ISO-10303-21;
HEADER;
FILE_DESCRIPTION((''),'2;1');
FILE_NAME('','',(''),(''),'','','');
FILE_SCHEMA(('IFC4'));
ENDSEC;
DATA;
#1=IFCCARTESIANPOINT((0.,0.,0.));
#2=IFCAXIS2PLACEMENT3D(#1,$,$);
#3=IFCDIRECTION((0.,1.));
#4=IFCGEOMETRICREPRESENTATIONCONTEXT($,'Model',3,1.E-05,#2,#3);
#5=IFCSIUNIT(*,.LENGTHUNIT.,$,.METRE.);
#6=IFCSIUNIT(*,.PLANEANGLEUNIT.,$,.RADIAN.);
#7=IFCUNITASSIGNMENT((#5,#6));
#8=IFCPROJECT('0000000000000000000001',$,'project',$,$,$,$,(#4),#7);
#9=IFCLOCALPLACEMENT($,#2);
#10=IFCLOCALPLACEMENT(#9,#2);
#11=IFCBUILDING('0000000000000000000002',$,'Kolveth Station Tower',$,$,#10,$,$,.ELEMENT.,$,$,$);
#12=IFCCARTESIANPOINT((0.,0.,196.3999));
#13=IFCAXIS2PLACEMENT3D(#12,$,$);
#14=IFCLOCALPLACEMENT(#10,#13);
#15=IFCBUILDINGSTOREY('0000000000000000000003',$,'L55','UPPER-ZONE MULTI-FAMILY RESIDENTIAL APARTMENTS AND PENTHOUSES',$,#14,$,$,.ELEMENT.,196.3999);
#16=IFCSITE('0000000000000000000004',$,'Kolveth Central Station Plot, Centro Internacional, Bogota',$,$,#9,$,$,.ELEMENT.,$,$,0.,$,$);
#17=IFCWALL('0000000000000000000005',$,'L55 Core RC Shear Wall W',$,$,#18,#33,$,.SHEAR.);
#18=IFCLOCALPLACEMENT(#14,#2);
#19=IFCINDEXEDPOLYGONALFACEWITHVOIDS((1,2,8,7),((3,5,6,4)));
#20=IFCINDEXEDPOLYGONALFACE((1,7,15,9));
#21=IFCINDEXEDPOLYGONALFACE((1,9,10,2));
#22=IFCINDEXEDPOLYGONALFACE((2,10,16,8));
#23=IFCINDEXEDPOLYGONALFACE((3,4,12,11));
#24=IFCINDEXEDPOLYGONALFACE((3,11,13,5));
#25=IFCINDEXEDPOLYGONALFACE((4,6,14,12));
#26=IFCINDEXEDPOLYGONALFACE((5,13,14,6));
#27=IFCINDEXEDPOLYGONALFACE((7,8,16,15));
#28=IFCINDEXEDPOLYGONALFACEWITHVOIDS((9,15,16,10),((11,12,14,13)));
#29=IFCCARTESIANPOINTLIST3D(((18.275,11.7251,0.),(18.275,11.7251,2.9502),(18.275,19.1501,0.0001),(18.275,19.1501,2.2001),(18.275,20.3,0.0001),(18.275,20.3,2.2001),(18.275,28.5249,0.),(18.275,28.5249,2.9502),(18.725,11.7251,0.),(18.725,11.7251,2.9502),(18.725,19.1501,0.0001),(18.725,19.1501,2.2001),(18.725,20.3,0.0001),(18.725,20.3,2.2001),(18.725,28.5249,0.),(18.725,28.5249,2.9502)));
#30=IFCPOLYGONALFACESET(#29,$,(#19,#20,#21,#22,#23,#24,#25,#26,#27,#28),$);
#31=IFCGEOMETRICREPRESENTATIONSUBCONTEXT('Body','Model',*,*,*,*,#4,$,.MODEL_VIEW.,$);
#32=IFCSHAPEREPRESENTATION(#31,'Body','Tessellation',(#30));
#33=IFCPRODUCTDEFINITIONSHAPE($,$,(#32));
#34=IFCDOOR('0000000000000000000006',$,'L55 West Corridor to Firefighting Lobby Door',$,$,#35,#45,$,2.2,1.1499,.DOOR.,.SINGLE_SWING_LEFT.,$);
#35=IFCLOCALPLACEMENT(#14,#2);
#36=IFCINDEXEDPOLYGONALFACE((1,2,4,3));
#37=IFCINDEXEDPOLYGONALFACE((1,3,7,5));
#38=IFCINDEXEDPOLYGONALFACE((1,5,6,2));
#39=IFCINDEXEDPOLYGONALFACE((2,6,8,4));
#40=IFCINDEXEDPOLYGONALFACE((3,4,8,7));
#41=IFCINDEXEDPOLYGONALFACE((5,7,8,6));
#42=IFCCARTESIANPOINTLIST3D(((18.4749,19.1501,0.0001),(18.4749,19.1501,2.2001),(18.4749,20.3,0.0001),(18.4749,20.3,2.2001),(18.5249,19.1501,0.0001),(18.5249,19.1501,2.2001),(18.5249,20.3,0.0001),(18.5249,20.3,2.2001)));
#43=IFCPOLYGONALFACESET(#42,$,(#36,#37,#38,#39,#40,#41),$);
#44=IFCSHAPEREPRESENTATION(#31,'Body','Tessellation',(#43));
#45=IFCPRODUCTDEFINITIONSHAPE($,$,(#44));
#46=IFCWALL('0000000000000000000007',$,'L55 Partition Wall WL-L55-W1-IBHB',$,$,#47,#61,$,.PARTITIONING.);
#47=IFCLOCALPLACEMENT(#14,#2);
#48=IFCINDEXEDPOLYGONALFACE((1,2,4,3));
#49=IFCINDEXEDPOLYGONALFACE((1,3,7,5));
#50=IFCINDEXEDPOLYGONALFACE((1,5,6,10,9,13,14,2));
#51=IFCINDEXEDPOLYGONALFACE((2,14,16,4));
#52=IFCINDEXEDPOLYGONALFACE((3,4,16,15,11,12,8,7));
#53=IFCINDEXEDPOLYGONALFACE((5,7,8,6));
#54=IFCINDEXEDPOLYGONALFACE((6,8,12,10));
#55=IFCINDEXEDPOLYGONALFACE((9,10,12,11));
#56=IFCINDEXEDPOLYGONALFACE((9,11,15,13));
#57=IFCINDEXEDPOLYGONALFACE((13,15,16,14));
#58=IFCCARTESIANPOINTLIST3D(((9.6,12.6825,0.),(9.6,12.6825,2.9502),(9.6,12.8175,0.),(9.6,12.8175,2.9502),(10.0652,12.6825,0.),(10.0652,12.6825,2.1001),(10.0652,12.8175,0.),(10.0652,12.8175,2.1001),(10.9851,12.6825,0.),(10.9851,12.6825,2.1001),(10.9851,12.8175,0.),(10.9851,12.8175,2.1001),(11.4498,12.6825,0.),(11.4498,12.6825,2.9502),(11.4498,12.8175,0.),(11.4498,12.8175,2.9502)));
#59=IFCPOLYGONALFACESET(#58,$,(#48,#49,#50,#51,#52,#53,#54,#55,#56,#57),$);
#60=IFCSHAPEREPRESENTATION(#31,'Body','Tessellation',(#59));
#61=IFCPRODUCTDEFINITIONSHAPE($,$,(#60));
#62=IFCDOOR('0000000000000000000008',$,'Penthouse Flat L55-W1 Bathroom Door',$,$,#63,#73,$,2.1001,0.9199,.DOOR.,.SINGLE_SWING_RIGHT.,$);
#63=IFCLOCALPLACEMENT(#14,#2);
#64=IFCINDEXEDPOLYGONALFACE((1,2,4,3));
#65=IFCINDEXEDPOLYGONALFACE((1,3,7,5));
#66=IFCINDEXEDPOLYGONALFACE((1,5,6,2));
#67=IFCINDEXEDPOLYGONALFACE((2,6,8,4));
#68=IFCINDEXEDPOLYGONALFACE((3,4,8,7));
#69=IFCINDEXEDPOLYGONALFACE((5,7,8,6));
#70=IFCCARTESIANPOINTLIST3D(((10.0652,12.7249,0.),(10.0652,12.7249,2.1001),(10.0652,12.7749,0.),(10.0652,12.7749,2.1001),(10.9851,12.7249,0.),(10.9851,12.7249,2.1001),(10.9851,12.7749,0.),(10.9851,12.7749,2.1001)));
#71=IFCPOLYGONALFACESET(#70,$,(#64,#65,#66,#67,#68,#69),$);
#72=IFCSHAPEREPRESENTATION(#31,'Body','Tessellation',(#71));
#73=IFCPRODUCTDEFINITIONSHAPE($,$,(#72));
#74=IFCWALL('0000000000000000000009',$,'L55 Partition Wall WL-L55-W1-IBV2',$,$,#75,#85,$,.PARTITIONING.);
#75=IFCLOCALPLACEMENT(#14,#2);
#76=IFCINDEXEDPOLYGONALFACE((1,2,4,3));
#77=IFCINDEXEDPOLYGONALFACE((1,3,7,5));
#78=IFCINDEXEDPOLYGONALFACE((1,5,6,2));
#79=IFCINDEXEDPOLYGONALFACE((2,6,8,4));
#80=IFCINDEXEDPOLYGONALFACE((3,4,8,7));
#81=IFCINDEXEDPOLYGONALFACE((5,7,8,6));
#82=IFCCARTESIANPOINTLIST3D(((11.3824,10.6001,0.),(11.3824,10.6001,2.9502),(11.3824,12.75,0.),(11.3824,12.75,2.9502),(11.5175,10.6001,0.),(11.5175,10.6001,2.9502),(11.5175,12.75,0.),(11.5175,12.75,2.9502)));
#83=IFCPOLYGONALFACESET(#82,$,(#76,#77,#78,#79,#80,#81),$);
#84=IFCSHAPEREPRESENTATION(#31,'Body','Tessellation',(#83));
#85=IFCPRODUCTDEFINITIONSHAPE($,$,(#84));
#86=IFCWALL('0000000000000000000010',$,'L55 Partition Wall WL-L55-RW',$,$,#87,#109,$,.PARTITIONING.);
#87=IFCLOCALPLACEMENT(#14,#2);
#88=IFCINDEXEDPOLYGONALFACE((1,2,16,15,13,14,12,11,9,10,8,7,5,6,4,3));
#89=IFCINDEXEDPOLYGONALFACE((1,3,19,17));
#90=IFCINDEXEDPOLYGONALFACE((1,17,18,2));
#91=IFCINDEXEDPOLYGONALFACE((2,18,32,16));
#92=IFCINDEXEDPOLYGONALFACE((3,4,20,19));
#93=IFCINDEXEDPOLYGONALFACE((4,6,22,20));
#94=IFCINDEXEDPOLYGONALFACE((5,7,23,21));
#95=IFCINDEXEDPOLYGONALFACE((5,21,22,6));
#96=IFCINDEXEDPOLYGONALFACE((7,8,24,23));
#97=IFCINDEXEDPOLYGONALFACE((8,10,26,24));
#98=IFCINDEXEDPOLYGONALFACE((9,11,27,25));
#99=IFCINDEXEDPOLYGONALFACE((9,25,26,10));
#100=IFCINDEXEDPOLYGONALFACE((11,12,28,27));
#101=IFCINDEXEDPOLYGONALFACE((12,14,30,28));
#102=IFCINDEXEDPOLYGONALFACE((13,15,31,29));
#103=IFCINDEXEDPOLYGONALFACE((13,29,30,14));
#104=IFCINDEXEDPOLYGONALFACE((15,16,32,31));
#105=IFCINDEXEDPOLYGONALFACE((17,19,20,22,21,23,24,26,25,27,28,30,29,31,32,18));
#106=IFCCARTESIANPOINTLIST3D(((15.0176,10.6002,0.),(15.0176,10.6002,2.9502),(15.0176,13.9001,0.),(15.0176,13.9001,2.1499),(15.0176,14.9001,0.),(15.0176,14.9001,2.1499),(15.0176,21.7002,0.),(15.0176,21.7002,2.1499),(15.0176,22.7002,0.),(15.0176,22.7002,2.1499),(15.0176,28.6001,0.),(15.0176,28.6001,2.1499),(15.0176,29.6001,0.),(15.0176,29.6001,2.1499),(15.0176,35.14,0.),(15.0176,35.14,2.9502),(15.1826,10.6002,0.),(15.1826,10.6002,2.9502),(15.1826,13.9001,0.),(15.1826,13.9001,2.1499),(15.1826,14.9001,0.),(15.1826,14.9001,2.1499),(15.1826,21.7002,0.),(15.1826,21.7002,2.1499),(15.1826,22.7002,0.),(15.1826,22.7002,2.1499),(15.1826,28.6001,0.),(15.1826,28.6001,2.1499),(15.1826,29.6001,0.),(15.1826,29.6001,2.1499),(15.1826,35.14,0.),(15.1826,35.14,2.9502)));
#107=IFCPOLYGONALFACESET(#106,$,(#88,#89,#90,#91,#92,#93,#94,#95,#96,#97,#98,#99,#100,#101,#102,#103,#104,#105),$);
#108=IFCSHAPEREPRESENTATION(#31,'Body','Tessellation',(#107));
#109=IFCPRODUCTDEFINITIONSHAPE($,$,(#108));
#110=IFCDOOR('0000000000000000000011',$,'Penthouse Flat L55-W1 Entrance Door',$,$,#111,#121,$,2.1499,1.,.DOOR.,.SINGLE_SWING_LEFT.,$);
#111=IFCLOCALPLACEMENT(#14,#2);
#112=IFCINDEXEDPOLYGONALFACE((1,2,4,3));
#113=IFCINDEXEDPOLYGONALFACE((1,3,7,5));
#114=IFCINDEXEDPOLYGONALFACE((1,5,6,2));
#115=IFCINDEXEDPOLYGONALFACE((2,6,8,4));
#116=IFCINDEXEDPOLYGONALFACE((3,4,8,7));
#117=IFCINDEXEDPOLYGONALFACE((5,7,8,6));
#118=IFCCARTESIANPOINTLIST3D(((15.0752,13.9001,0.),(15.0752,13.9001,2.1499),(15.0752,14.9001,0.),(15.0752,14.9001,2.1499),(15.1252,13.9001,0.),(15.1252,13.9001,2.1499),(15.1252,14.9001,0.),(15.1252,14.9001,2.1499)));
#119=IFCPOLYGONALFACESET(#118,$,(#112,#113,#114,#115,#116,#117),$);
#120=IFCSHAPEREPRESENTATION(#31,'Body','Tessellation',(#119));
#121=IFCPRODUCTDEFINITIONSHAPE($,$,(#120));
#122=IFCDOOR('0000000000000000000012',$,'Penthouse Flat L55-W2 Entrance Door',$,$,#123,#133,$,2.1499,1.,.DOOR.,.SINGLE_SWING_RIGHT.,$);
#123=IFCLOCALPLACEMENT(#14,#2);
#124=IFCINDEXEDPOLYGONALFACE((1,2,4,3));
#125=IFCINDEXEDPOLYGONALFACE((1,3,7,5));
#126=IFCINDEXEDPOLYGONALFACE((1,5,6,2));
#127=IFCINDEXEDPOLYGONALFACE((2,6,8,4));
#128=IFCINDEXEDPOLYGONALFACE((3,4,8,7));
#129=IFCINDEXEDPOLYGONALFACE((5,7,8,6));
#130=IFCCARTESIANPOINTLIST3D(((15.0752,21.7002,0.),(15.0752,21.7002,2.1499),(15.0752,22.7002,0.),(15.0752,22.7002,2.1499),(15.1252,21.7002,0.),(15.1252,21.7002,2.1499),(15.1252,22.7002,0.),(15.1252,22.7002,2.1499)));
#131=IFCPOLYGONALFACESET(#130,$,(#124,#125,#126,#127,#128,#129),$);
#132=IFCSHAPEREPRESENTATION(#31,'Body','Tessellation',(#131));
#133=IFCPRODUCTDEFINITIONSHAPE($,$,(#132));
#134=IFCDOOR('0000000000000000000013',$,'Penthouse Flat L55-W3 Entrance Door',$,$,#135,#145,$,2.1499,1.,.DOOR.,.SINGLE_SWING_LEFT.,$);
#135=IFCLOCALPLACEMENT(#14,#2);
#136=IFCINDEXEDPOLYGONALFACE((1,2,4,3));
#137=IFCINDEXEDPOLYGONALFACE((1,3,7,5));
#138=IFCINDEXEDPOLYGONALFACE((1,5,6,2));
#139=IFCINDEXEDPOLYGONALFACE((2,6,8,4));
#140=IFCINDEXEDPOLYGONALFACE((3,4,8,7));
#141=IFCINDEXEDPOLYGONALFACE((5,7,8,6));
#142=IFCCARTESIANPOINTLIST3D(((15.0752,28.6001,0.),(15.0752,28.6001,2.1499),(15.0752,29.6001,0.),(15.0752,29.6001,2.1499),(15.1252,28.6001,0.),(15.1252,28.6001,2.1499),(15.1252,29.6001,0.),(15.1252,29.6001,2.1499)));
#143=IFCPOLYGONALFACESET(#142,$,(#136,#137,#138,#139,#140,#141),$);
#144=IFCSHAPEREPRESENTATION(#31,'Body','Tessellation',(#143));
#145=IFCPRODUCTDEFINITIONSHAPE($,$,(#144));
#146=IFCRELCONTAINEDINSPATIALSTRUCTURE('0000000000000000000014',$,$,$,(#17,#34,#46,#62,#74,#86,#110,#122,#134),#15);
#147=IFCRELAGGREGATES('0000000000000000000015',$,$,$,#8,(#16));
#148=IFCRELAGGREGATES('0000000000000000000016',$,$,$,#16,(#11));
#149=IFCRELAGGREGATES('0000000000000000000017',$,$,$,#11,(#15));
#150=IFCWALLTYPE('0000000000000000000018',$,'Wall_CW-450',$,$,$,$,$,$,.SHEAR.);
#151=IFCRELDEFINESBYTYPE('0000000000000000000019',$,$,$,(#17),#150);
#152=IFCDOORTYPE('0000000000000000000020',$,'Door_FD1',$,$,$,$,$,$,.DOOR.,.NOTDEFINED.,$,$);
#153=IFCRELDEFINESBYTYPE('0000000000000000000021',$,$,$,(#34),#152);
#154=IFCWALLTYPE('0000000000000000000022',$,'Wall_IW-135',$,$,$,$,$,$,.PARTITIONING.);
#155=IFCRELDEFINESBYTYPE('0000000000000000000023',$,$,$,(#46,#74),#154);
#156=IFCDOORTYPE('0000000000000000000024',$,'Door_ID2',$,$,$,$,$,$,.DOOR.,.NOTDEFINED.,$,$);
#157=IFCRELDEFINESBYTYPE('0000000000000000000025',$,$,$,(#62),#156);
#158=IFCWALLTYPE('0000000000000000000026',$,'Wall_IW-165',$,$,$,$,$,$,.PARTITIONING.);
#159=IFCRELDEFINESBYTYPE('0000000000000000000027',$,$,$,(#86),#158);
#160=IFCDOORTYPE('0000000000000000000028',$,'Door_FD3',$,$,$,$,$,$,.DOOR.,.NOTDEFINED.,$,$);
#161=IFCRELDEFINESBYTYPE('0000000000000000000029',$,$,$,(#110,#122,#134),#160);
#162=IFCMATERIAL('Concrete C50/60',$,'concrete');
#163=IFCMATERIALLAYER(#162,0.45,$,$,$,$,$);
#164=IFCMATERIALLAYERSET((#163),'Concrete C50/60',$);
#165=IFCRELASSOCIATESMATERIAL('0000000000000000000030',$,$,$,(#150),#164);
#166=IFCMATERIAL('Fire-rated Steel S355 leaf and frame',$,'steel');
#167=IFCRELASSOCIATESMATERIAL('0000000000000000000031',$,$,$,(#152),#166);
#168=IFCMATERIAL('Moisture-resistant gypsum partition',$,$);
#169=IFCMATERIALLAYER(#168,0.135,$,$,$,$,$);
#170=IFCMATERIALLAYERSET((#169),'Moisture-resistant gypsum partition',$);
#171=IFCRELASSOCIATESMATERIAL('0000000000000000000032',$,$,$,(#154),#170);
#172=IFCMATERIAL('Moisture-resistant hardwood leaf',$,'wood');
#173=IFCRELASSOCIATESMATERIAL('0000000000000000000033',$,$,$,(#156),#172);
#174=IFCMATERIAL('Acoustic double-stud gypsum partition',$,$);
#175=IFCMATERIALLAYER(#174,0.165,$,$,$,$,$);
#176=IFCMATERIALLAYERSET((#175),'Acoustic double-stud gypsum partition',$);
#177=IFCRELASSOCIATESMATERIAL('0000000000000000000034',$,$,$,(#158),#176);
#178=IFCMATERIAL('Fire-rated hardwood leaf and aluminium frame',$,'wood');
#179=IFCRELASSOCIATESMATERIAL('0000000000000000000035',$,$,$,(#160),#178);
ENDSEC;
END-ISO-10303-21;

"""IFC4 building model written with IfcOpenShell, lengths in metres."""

from ifc_helpers import new_model, si_unit, direction, frame, frame_2d, origin, place, context, subcontext, project, spatial, rectangle, extrude, material, layer, layer_set, type_object, element, fill, save


model = new_model("IFC4")

# Units and contexts
model_context = context("Model", 3, precision=1e-05, world=origin(), true_north=direction((0.0, 1.0)))
body_context = subcontext(model_context, "Body", "Model", "MODEL_VIEW")
ifc_project = project(units=[si_unit("LENGTHUNIT", "METRE"), si_unit("PLANEANGLEUNIT", "RADIAN")], contexts=[model_context])

# Site, building, storey
site_placement = place(None, origin())
site = spatial("IfcSite", under=ifc_project, at=site_placement, Name="Kolveth Central Station Plot, Centro Internacional, Bogota", CompositionType="ELEMENT", RefElevation=0.0)
building_placement = place(site_placement, origin())
building = spatial("IfcBuilding", under=site, at=building_placement, Name="Kolveth Station Tower", CompositionType="ELEMENT")
storey_placement = place(building_placement, frame((0.0, 0.0, 196.3999)))
storey = spatial("IfcBuildingStorey", under=building, at=storey_placement, Name="L55", Description="UPPER-ZONE MULTI-FAMILY RESIDENTIAL APARTMENTS AND PENTHOUSES", CompositionType="ELEMENT", Elevation=196.3999)

# Shared definitions
ifc_material_1 = material(Name="Concrete C50/60", Category="concrete")
ifc_layer_1 = layer(ifc_material_1, 0.45)
ifc_layer_set_1 = layer_set([ifc_layer_1], Name="Concrete C50/60")
wall_type_1 = type_object("IfcWallType", Name="Wall_CW-450", PredefinedType="SHEAR", material=ifc_layer_set_1)

# Walls, openings, doors
wall_1_placement = place(storey_placement, frame((18.5, 11.7251, 0.0), z_axis=(0.0, 0.0, 1.0), x_axis=(0.0, 1.0, 0.0)))
wall_1 = element("IfcWall", 1, at=wall_1_placement, inside=storey, type_object=wall_type_1, Name="L55 Core RC Shear Wall W", PredefinedType="SHEAR", context=body_context, shape_type="SweptSolid", body=[
    extrude(rectangle(XDim=16.7998, YDim=0.45, at=frame_2d((8.3999, 0.0))), origin(), (0.0, 0.0, 1.0), 2.9502),
])
opening_1_placement = place(wall_1_placement, frame((7.425, 0.0, 0.0)))
opening_1 = element("IfcOpeningElement", 2, at=opening_1_placement, cuts=wall_1, PredefinedType="OPENING", context=body_context, shape_type="SweptSolid", body=[
    extrude(rectangle(XDim=1.1499, YDim=2.2, at=frame_2d((0.575, 1.1001))), frame((0.0, 0.2349, 0.0), z_axis=(0.0, -1.0, 0.0), x_axis=(1.0, 0.0, 0.0)), (0.0, 0.0, 1.0), 0.47),
])
ifc_material_2 = material(Name="Fire-rated Steel S355 leaf and frame", Category="steel")
door_type_1 = type_object("IfcDoorType", Name="Door_FD1", OperationType="NOTDEFINED", PredefinedType="DOOR", material=ifc_material_2)
door_1_placement = place(opening_1_placement, frame((1.1499, 0.0, 0.0), z_axis=(0.0, 0.0, 1.0), x_axis=(-1.0, 0.0, 0.0)))
door_1 = element("IfcDoor", 3, at=door_1_placement, inside=storey, type_object=door_type_1, Name="L55 West Corridor to Firefighting Lobby Door", OperationType="SINGLE_SWING_LEFT", OverallHeight=2.2, OverallWidth=1.1499, PredefinedType="DOOR", context=body_context, shape_type="SweptSolid", body=[
    extrude(rectangle(XDim=1.1499, YDim=2.2, at=frame_2d((0.575, 1.1001))), frame((0.0, 0.0249, 0.0), z_axis=(0.0, -1.0, 0.0), x_axis=(1.0, 0.0, 0.0)), (0.0, 0.0, 1.0), 0.05),
])
fill(opening_1, door_1)
ifc_material_3 = material(Name="Moisture-resistant gypsum partition")
ifc_layer_2 = layer(ifc_material_3, 0.135)
ifc_layer_set_2 = layer_set([ifc_layer_2], Name="Moisture-resistant gypsum partition")
wall_type_2 = type_object("IfcWallType", Name="Wall_IW-135", PredefinedType="PARTITIONING", material=ifc_layer_set_2)
wall_2_placement = place(storey_placement, frame((9.6001, 12.75, 0.0), z_axis=(0.0, 0.0, 1.0), x_axis=(1.0, 0.0, 0.0)))
wall_2 = element("IfcWall", 4, at=wall_2_placement, inside=storey, type_object=wall_type_2, Name="L55 Partition Wall WL-L55-W1-IBHB", PredefinedType="PARTITIONING", context=body_context, shape_type="SweptSolid", body=[
    extrude(rectangle(XDim=1.8499, YDim=0.135, at=frame_2d((0.9248, 0.0))), origin(), (0.0, 0.0, 1.0), 2.9502),
])
opening_2_placement = place(wall_2_placement, frame((0.4651, 0.0, 0.0)))
opening_2 = element("IfcOpeningElement", 5, at=opening_2_placement, cuts=wall_2, PredefinedType="OPENING", context=body_context, shape_type="SweptSolid", body=[
    extrude(rectangle(XDim=0.9199, YDim=2.1001, at=frame_2d((0.46, 1.05))), frame((0.0, 0.0774, 0.0), z_axis=(0.0, -1.0, 0.0), x_axis=(1.0, 0.0, 0.0)), (0.0, 0.0, 1.0), 0.155),
])
ifc_material_4 = material(Name="Moisture-resistant hardwood leaf", Category="wood")
door_type_2 = type_object("IfcDoorType", Name="Door_ID2", OperationType="NOTDEFINED", PredefinedType="DOOR", material=ifc_material_4)
door_2_placement = place(opening_2_placement, origin())
door_2 = element("IfcDoor", 6, at=door_2_placement, inside=storey, type_object=door_type_2, Name="Penthouse Flat L55-W1 Bathroom Door", OperationType="SINGLE_SWING_RIGHT", OverallHeight=2.1001, OverallWidth=0.9199, PredefinedType="DOOR", context=body_context, shape_type="SweptSolid", body=[
    extrude(rectangle(XDim=0.9199, YDim=2.1001, at=frame_2d((0.46, 1.05))), frame((0.0, 0.0249, 0.0), z_axis=(0.0, -1.0, 0.0), x_axis=(1.0, 0.0, 0.0)), (0.0, 0.0, 1.0), 0.05),
])
fill(opening_2, door_2)

# Wall
wall_3_placement = place(storey_placement, frame((11.45, 10.6001, 0.0), z_axis=(0.0, 0.0, 1.0), x_axis=(0.0, 1.0, 0.0)))
element("IfcWall", 7, at=wall_3_placement, inside=storey, type_object=wall_type_2, Name="L55 Partition Wall WL-L55-W1-IBV2", PredefinedType="PARTITIONING", context=body_context, shape_type="SweptSolid", body=[
    extrude(rectangle(XDim=2.1499, YDim=0.135, at=frame_2d((1.075, 0.0))), origin(), (0.0, 0.0, 1.0), 2.9502),
])

# Wall, openings, doors
ifc_material_5 = material(Name="Acoustic double-stud gypsum partition")
ifc_layer_3 = layer(ifc_material_5, 0.165)
ifc_layer_set_3 = layer_set([ifc_layer_3], Name="Acoustic double-stud gypsum partition")
wall_type_3 = type_object("IfcWallType", Name="Wall_IW-165", PredefinedType="PARTITIONING", material=ifc_layer_set_3)
wall_4_placement = place(storey_placement, frame((15.1001, 10.6001, 0.0), z_axis=(0.0, 0.0, 1.0), x_axis=(0.0, 1.0, 0.0)))
wall_4 = element("IfcWall", 8, at=wall_4_placement, inside=storey, type_object=wall_type_3, Name="L55 Partition Wall WL-L55-RW", PredefinedType="PARTITIONING", context=body_context, shape_type="SweptSolid", body=[
    extrude(rectangle(XDim=24.5398, YDim=0.165, at=frame_2d((12.27, 0.0))), origin(), (0.0, 0.0, 1.0), 2.9502),
])
opening_3_placement = place(wall_4_placement, frame((3.3, 0.0, 0.0)))
opening_3 = element("IfcOpeningElement", 9, at=opening_3_placement, cuts=wall_4, PredefinedType="OPENING", context=body_context, shape_type="SweptSolid", body=[
    extrude(rectangle(XDim=1.0, YDim=2.1499, at=frame_2d((0.5, 1.075))), frame((0.0, 0.0925, 0.0), z_axis=(0.0, -1.0, 0.0), x_axis=(1.0, 0.0, 0.0)), (0.0, 0.0, 1.0), 0.1851),
])
opening_4_placement = place(wall_4_placement, frame((11.1001, 0.0, 0.0)))
opening_4 = element("IfcOpeningElement", 10, at=opening_4_placement, cuts=wall_4, PredefinedType="OPENING", context=body_context, shape_type="SweptSolid", body=[
    extrude(rectangle(XDim=1.0, YDim=2.1499, at=frame_2d((0.5, 1.075))), frame((0.0, 0.0925, 0.0), z_axis=(0.0, -1.0, 0.0), x_axis=(1.0, 0.0, 0.0)), (0.0, 0.0, 1.0), 0.1851),
])
opening_5_placement = place(wall_4_placement, frame((18.0, 0.0, 0.0)))
opening_5 = element("IfcOpeningElement", 11, at=opening_5_placement, cuts=wall_4, PredefinedType="OPENING", context=body_context, shape_type="SweptSolid", body=[
    extrude(rectangle(XDim=1.0, YDim=2.1499, at=frame_2d((0.5, 1.075))), frame((0.0, 0.0925, 0.0), z_axis=(0.0, -1.0, 0.0), x_axis=(1.0, 0.0, 0.0)), (0.0, 0.0, 1.0), 0.1851),
])
ifc_material_6 = material(Name="Fire-rated hardwood leaf and aluminium frame", Category="wood")
door_type_3 = type_object("IfcDoorType", Name="Door_FD3", OperationType="NOTDEFINED", PredefinedType="DOOR", material=ifc_material_6)
door_3_placement = place(opening_3_placement, origin())
door_3 = element("IfcDoor", 12, at=door_3_placement, inside=storey, type_object=door_type_3, Name="Penthouse Flat L55-W1 Entrance Door", OperationType="SINGLE_SWING_LEFT", OverallHeight=2.1499, OverallWidth=1.0, PredefinedType="DOOR", context=body_context, shape_type="SweptSolid", body=[
    extrude(rectangle(XDim=1.0, YDim=2.1499, at=frame_2d((0.5, 1.075))), frame((0.0, 0.0249, 0.0), z_axis=(0.0, -1.0, 0.0), x_axis=(1.0, 0.0, 0.0)), (0.0, 0.0, 1.0), 0.05),
])
fill(opening_3, door_3)
door_4_placement = place(opening_4_placement, origin())
door_4 = element("IfcDoor", 13, at=door_4_placement, inside=storey, type_object=door_type_3, Name="Penthouse Flat L55-W2 Entrance Door", OperationType="SINGLE_SWING_RIGHT", OverallHeight=2.1499, OverallWidth=1.0, PredefinedType="DOOR", context=body_context, shape_type="SweptSolid", body=[
    extrude(rectangle(XDim=1.0, YDim=2.1499, at=frame_2d((0.5, 1.075))), frame((0.0, 0.0249, 0.0), z_axis=(0.0, -1.0, 0.0), x_axis=(1.0, 0.0, 0.0)), (0.0, 0.0, 1.0), 0.05),
])
fill(opening_4, door_4)
door_5_placement = place(opening_5_placement, origin())
door_5 = element("IfcDoor", 14, at=door_5_placement, inside=storey, type_object=door_type_3, Name="Penthouse Flat L55-W3 Entrance Door", OperationType="SINGLE_SWING_LEFT", OverallHeight=2.1499, OverallWidth=1.0, PredefinedType="DOOR", context=body_context, shape_type="SweptSolid", body=[
    extrude(rectangle(XDim=1.0, YDim=2.1499, at=frame_2d((0.5, 1.075))), frame((0.0, 0.0249, 0.0), z_axis=(0.0, -1.0, 0.0), x_axis=(1.0, 0.0, 0.0)), (0.0, 0.0, 1.0), 0.05),
])
fill(opening_5, door_5)

save(model, "model.ifc")
